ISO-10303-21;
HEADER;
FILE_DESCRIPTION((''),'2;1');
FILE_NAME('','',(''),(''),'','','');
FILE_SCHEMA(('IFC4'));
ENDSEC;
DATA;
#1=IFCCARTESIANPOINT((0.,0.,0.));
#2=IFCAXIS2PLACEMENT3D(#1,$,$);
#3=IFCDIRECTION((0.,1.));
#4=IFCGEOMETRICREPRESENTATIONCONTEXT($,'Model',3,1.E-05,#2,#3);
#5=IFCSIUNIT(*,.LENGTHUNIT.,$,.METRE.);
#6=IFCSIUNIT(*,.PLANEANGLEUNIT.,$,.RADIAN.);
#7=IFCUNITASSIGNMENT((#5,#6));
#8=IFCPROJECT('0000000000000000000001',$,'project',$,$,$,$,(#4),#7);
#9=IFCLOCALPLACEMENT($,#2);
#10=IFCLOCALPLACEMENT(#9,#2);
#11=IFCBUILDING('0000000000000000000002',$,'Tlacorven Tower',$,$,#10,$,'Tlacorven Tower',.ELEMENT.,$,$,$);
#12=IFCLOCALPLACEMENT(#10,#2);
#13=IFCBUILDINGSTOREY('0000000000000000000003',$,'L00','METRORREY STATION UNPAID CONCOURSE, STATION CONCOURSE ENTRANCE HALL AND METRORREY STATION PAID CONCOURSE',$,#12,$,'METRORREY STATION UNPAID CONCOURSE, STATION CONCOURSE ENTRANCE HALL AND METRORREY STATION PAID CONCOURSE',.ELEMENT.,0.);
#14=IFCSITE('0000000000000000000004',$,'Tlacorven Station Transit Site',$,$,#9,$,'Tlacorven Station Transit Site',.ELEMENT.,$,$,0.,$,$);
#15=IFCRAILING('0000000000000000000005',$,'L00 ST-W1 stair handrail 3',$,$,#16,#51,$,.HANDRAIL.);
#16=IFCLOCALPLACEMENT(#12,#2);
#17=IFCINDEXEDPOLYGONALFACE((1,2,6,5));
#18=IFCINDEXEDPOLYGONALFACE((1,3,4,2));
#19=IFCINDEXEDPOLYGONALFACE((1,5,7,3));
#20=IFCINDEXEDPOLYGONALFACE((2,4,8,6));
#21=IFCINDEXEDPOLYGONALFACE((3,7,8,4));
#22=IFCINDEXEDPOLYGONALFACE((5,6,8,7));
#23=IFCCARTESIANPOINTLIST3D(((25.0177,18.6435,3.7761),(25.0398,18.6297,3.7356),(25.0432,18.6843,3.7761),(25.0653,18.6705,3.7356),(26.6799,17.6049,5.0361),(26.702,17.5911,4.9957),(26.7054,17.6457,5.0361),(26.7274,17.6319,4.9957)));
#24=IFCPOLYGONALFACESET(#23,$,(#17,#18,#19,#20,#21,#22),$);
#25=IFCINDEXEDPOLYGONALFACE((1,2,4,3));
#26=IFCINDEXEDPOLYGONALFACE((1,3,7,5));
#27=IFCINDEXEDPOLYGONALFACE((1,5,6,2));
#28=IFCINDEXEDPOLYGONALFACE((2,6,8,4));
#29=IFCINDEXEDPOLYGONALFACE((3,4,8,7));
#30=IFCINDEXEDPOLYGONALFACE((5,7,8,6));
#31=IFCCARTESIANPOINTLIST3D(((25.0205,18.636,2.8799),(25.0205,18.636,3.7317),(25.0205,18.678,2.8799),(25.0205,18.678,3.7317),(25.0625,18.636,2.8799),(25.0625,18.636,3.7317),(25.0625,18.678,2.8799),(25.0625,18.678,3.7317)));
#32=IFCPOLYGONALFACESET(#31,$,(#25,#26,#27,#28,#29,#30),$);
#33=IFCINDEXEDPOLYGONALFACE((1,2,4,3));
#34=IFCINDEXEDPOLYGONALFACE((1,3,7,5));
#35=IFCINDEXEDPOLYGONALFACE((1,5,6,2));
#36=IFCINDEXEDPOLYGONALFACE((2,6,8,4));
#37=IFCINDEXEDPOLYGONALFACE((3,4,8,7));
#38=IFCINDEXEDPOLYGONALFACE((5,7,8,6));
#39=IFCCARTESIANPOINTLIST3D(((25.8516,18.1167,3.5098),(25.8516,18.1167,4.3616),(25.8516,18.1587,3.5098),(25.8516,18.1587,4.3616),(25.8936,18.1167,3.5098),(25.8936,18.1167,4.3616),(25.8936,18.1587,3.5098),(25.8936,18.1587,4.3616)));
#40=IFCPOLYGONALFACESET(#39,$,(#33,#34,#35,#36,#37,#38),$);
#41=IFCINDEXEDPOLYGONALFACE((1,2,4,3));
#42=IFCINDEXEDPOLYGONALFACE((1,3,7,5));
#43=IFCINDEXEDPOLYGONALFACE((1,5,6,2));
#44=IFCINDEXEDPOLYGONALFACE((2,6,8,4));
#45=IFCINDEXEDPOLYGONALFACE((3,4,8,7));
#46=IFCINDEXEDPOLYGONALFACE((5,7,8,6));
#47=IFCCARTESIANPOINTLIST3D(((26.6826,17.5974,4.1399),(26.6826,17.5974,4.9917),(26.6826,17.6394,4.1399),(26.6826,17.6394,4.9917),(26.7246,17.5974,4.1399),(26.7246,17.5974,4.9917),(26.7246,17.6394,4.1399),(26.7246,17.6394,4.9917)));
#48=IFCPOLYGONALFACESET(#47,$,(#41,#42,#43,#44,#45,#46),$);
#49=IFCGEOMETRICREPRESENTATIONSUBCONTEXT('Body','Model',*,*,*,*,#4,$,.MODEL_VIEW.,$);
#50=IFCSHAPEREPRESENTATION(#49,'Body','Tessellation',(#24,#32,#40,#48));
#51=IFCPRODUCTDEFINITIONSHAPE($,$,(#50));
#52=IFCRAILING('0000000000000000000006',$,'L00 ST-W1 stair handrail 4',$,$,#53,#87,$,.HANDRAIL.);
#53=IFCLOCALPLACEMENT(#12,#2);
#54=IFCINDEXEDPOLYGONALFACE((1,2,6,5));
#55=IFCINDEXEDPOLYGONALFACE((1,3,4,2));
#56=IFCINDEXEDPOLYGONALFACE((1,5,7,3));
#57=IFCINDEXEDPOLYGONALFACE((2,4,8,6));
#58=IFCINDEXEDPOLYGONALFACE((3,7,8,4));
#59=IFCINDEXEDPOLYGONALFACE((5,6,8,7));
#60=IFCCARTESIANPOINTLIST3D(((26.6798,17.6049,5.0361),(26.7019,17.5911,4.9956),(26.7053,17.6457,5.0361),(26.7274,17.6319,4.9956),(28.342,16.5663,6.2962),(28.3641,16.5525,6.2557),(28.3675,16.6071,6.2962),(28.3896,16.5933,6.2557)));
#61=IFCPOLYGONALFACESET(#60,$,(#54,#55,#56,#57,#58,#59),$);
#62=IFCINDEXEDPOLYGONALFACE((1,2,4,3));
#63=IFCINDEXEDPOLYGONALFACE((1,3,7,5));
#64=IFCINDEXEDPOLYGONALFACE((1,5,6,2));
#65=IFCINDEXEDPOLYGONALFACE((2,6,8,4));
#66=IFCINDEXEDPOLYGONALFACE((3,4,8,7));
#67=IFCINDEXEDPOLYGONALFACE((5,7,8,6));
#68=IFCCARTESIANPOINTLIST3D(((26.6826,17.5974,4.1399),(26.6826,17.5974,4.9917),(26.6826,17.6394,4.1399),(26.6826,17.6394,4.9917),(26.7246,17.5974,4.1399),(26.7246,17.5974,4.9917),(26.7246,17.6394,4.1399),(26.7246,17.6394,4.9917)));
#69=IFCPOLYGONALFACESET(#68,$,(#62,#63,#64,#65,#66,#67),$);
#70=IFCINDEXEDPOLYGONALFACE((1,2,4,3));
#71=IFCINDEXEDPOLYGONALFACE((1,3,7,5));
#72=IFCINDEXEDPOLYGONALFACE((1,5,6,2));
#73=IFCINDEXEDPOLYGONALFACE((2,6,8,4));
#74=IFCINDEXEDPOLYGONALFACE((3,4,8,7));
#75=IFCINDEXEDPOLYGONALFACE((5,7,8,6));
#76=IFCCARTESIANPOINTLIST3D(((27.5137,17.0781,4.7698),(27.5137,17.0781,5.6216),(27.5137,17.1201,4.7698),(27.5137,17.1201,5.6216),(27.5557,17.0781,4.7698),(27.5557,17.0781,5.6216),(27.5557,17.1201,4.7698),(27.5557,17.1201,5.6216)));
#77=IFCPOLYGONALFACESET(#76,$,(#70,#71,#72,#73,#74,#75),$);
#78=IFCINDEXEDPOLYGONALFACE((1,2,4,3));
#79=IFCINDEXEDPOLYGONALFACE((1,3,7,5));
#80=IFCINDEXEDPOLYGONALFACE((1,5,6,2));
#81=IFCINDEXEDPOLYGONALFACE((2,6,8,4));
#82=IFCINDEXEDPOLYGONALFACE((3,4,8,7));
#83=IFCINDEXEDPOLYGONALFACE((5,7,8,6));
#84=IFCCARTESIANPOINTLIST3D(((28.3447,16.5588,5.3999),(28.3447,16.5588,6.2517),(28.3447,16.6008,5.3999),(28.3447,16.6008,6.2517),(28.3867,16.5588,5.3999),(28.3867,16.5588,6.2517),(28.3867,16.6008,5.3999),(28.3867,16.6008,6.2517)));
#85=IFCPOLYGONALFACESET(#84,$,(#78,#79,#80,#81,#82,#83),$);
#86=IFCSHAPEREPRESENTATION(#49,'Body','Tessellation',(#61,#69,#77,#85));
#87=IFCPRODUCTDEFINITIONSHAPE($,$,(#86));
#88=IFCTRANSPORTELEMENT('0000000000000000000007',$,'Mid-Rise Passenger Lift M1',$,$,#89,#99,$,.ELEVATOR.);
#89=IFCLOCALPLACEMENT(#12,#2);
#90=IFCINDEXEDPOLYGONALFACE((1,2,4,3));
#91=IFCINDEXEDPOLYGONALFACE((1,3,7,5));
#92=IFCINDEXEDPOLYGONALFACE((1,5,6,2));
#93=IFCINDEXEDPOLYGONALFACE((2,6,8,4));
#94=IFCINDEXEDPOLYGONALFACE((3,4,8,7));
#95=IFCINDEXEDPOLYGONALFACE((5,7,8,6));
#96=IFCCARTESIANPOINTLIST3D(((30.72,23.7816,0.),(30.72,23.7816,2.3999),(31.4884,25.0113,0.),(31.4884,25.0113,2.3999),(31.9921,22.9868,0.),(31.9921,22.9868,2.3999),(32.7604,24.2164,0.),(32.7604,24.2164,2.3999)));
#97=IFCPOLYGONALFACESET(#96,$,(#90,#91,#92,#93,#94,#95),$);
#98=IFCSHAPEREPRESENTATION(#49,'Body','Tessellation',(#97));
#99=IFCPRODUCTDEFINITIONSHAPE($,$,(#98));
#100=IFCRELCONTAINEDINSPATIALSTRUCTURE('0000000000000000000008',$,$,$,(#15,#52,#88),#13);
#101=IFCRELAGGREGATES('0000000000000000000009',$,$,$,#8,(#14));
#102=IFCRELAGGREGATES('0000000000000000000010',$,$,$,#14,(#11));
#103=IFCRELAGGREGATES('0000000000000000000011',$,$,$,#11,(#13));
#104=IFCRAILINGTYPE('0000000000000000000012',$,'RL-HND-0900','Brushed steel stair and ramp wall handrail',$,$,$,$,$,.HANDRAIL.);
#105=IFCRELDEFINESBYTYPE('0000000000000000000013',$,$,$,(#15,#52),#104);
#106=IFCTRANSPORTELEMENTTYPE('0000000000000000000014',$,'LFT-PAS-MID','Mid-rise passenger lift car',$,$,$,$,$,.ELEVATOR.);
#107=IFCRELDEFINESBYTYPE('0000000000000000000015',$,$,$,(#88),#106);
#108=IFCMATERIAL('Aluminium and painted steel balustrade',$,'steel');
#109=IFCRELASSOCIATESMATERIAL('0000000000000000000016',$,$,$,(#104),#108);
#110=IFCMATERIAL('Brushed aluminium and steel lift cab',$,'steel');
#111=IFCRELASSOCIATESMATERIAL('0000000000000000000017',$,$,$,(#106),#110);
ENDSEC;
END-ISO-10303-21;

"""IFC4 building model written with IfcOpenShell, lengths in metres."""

from ifc_helpers import new_model, si_unit, direction, frame, origin, origin_2d, place, context, subcontext, project, spatial, rectangle, extrude, source, transform, mapped, material, type_object, element, save


model = new_model("IFC4")

# Units and contexts
model_context = context("Model", 3, precision=1e-05, world=origin(), true_north=direction((0.0, 1.0)))
body_context = subcontext(model_context, "Body", "Model", "MODEL_VIEW")
ifc_project = project(units=[si_unit("LENGTHUNIT", "METRE"), si_unit("PLANEANGLEUNIT", "RADIAN")], contexts=[model_context])

# Site, building, storey
site_placement = place(None, origin())
site = spatial("IfcSite", under=ifc_project, at=site_placement, Name="Tlacorven Station Transit Site", LongName="Tlacorven Station Transit Site", CompositionType="ELEMENT", RefElevation=0.0)
building_placement = place(site_placement, origin())
building = spatial("IfcBuilding", under=site, at=building_placement, Name="Tlacorven Tower", LongName="Tlacorven Tower", CompositionType="ELEMENT")
storey_placement = place(building_placement, origin())
storey = spatial("IfcBuildingStorey", under=building, at=storey_placement, Name="L00", Description="METRORREY STATION UNPAID CONCOURSE, STATION CONCOURSE ENTRANCE HALL AND METRORREY STATION PAID CONCOURSE", LongName="METRORREY STATION UNPAID CONCOURSE, STATION CONCOURSE ENTRANCE HALL AND METRORREY STATION PAID CONCOURSE", CompositionType="ELEMENT", Elevation=0.0)

# Railings
ifc_material_1 = material(Name="Aluminium and painted steel balustrade", Category="steel")
railing_type_1 = type_object("IfcRailingType", Name="RL-HND-0900", Description="Brushed steel stair and ramp wall handrail", PredefinedType="HANDRAIL", material=ifc_material_1)
shared_shape_1 = source(origin(), body_context, "Body", "SweptSolid", [
    extrude(rectangle(XDim=0.0481, YDim=0.0481, at=origin_2d()), frame((0.0, 0.0, 0.876), z_axis=(0.713354, -0.445741, 0.540778), x_axis=(0.529909, 0.848054, 0.0)), (0.0, 0.0, 1.0), 2.3301),
    extrude(rectangle(XDim=0.042, YDim=0.042, at=origin_2d()), origin(), (0.0, 0.0, 1.0), 0.8518),
    extrude(rectangle(XDim=0.042, YDim=0.042, at=origin_2d()), frame((0.8311, -0.5193, 0.6299)), (0.0, 0.0, 1.0), 0.8518),
    extrude(rectangle(XDim=0.042, YDim=0.042, at=origin_2d()), frame((1.6621, -1.0386, 1.26)), (0.0, 0.0, 1.0), 0.8518),
])
for number, where, name in (
    (1, (25.0415, 18.657, 2.8799), "L00 ST-W1 stair handrail 3"),
    (2, (26.7036, 17.6184, 4.1399), "L00 ST-W1 stair handrail 4"),
):
    element("IfcRailing", number, at=place(storey_placement, frame(where)), inside=storey, type_object=railing_type_1, Name=name, PredefinedType="HANDRAIL", context=body_context, shape_type="MappedRepresentation", body=[
        mapped(shared_shape_1, transform((0.0, 0.0, 0.0), scale=1.0)),
    ])

# Transport element
ifc_material_2 = material(Name="Brushed aluminium and steel lift cab", Category="steel")
transport_element_type = type_object("IfcTransportElementType", Name="LFT-PAS-MID", Description="Mid-rise passenger lift car", PredefinedType="ELEVATOR", material=ifc_material_2)
shared_shape_2 = source(origin(), body_context, "Body", "SweptSolid", [
    extrude(rectangle(XDim=1.5, YDim=1.45, at=origin_2d()), origin(), (0.0, 0.0, 1.0), 2.3999),
])
transport_element_placement = place(storey_placement, frame((31.7402, 23.999, 0.0), z_axis=(0.0, 0.0, 1.0), x_axis=(-0.848048, 0.529919, 0.0)))
element("IfcTransportElement", 3, at=transport_element_placement, inside=storey, type_object=transport_element_type, Name="Mid-Rise Passenger Lift M1", PredefinedType="ELEVATOR", context=body_context, shape_type="MappedRepresentation", body=[
    mapped(shared_shape_2, transform((0.0, 0.0, 0.0), scale=1.0)),
])

save(model, "model.ifc")
